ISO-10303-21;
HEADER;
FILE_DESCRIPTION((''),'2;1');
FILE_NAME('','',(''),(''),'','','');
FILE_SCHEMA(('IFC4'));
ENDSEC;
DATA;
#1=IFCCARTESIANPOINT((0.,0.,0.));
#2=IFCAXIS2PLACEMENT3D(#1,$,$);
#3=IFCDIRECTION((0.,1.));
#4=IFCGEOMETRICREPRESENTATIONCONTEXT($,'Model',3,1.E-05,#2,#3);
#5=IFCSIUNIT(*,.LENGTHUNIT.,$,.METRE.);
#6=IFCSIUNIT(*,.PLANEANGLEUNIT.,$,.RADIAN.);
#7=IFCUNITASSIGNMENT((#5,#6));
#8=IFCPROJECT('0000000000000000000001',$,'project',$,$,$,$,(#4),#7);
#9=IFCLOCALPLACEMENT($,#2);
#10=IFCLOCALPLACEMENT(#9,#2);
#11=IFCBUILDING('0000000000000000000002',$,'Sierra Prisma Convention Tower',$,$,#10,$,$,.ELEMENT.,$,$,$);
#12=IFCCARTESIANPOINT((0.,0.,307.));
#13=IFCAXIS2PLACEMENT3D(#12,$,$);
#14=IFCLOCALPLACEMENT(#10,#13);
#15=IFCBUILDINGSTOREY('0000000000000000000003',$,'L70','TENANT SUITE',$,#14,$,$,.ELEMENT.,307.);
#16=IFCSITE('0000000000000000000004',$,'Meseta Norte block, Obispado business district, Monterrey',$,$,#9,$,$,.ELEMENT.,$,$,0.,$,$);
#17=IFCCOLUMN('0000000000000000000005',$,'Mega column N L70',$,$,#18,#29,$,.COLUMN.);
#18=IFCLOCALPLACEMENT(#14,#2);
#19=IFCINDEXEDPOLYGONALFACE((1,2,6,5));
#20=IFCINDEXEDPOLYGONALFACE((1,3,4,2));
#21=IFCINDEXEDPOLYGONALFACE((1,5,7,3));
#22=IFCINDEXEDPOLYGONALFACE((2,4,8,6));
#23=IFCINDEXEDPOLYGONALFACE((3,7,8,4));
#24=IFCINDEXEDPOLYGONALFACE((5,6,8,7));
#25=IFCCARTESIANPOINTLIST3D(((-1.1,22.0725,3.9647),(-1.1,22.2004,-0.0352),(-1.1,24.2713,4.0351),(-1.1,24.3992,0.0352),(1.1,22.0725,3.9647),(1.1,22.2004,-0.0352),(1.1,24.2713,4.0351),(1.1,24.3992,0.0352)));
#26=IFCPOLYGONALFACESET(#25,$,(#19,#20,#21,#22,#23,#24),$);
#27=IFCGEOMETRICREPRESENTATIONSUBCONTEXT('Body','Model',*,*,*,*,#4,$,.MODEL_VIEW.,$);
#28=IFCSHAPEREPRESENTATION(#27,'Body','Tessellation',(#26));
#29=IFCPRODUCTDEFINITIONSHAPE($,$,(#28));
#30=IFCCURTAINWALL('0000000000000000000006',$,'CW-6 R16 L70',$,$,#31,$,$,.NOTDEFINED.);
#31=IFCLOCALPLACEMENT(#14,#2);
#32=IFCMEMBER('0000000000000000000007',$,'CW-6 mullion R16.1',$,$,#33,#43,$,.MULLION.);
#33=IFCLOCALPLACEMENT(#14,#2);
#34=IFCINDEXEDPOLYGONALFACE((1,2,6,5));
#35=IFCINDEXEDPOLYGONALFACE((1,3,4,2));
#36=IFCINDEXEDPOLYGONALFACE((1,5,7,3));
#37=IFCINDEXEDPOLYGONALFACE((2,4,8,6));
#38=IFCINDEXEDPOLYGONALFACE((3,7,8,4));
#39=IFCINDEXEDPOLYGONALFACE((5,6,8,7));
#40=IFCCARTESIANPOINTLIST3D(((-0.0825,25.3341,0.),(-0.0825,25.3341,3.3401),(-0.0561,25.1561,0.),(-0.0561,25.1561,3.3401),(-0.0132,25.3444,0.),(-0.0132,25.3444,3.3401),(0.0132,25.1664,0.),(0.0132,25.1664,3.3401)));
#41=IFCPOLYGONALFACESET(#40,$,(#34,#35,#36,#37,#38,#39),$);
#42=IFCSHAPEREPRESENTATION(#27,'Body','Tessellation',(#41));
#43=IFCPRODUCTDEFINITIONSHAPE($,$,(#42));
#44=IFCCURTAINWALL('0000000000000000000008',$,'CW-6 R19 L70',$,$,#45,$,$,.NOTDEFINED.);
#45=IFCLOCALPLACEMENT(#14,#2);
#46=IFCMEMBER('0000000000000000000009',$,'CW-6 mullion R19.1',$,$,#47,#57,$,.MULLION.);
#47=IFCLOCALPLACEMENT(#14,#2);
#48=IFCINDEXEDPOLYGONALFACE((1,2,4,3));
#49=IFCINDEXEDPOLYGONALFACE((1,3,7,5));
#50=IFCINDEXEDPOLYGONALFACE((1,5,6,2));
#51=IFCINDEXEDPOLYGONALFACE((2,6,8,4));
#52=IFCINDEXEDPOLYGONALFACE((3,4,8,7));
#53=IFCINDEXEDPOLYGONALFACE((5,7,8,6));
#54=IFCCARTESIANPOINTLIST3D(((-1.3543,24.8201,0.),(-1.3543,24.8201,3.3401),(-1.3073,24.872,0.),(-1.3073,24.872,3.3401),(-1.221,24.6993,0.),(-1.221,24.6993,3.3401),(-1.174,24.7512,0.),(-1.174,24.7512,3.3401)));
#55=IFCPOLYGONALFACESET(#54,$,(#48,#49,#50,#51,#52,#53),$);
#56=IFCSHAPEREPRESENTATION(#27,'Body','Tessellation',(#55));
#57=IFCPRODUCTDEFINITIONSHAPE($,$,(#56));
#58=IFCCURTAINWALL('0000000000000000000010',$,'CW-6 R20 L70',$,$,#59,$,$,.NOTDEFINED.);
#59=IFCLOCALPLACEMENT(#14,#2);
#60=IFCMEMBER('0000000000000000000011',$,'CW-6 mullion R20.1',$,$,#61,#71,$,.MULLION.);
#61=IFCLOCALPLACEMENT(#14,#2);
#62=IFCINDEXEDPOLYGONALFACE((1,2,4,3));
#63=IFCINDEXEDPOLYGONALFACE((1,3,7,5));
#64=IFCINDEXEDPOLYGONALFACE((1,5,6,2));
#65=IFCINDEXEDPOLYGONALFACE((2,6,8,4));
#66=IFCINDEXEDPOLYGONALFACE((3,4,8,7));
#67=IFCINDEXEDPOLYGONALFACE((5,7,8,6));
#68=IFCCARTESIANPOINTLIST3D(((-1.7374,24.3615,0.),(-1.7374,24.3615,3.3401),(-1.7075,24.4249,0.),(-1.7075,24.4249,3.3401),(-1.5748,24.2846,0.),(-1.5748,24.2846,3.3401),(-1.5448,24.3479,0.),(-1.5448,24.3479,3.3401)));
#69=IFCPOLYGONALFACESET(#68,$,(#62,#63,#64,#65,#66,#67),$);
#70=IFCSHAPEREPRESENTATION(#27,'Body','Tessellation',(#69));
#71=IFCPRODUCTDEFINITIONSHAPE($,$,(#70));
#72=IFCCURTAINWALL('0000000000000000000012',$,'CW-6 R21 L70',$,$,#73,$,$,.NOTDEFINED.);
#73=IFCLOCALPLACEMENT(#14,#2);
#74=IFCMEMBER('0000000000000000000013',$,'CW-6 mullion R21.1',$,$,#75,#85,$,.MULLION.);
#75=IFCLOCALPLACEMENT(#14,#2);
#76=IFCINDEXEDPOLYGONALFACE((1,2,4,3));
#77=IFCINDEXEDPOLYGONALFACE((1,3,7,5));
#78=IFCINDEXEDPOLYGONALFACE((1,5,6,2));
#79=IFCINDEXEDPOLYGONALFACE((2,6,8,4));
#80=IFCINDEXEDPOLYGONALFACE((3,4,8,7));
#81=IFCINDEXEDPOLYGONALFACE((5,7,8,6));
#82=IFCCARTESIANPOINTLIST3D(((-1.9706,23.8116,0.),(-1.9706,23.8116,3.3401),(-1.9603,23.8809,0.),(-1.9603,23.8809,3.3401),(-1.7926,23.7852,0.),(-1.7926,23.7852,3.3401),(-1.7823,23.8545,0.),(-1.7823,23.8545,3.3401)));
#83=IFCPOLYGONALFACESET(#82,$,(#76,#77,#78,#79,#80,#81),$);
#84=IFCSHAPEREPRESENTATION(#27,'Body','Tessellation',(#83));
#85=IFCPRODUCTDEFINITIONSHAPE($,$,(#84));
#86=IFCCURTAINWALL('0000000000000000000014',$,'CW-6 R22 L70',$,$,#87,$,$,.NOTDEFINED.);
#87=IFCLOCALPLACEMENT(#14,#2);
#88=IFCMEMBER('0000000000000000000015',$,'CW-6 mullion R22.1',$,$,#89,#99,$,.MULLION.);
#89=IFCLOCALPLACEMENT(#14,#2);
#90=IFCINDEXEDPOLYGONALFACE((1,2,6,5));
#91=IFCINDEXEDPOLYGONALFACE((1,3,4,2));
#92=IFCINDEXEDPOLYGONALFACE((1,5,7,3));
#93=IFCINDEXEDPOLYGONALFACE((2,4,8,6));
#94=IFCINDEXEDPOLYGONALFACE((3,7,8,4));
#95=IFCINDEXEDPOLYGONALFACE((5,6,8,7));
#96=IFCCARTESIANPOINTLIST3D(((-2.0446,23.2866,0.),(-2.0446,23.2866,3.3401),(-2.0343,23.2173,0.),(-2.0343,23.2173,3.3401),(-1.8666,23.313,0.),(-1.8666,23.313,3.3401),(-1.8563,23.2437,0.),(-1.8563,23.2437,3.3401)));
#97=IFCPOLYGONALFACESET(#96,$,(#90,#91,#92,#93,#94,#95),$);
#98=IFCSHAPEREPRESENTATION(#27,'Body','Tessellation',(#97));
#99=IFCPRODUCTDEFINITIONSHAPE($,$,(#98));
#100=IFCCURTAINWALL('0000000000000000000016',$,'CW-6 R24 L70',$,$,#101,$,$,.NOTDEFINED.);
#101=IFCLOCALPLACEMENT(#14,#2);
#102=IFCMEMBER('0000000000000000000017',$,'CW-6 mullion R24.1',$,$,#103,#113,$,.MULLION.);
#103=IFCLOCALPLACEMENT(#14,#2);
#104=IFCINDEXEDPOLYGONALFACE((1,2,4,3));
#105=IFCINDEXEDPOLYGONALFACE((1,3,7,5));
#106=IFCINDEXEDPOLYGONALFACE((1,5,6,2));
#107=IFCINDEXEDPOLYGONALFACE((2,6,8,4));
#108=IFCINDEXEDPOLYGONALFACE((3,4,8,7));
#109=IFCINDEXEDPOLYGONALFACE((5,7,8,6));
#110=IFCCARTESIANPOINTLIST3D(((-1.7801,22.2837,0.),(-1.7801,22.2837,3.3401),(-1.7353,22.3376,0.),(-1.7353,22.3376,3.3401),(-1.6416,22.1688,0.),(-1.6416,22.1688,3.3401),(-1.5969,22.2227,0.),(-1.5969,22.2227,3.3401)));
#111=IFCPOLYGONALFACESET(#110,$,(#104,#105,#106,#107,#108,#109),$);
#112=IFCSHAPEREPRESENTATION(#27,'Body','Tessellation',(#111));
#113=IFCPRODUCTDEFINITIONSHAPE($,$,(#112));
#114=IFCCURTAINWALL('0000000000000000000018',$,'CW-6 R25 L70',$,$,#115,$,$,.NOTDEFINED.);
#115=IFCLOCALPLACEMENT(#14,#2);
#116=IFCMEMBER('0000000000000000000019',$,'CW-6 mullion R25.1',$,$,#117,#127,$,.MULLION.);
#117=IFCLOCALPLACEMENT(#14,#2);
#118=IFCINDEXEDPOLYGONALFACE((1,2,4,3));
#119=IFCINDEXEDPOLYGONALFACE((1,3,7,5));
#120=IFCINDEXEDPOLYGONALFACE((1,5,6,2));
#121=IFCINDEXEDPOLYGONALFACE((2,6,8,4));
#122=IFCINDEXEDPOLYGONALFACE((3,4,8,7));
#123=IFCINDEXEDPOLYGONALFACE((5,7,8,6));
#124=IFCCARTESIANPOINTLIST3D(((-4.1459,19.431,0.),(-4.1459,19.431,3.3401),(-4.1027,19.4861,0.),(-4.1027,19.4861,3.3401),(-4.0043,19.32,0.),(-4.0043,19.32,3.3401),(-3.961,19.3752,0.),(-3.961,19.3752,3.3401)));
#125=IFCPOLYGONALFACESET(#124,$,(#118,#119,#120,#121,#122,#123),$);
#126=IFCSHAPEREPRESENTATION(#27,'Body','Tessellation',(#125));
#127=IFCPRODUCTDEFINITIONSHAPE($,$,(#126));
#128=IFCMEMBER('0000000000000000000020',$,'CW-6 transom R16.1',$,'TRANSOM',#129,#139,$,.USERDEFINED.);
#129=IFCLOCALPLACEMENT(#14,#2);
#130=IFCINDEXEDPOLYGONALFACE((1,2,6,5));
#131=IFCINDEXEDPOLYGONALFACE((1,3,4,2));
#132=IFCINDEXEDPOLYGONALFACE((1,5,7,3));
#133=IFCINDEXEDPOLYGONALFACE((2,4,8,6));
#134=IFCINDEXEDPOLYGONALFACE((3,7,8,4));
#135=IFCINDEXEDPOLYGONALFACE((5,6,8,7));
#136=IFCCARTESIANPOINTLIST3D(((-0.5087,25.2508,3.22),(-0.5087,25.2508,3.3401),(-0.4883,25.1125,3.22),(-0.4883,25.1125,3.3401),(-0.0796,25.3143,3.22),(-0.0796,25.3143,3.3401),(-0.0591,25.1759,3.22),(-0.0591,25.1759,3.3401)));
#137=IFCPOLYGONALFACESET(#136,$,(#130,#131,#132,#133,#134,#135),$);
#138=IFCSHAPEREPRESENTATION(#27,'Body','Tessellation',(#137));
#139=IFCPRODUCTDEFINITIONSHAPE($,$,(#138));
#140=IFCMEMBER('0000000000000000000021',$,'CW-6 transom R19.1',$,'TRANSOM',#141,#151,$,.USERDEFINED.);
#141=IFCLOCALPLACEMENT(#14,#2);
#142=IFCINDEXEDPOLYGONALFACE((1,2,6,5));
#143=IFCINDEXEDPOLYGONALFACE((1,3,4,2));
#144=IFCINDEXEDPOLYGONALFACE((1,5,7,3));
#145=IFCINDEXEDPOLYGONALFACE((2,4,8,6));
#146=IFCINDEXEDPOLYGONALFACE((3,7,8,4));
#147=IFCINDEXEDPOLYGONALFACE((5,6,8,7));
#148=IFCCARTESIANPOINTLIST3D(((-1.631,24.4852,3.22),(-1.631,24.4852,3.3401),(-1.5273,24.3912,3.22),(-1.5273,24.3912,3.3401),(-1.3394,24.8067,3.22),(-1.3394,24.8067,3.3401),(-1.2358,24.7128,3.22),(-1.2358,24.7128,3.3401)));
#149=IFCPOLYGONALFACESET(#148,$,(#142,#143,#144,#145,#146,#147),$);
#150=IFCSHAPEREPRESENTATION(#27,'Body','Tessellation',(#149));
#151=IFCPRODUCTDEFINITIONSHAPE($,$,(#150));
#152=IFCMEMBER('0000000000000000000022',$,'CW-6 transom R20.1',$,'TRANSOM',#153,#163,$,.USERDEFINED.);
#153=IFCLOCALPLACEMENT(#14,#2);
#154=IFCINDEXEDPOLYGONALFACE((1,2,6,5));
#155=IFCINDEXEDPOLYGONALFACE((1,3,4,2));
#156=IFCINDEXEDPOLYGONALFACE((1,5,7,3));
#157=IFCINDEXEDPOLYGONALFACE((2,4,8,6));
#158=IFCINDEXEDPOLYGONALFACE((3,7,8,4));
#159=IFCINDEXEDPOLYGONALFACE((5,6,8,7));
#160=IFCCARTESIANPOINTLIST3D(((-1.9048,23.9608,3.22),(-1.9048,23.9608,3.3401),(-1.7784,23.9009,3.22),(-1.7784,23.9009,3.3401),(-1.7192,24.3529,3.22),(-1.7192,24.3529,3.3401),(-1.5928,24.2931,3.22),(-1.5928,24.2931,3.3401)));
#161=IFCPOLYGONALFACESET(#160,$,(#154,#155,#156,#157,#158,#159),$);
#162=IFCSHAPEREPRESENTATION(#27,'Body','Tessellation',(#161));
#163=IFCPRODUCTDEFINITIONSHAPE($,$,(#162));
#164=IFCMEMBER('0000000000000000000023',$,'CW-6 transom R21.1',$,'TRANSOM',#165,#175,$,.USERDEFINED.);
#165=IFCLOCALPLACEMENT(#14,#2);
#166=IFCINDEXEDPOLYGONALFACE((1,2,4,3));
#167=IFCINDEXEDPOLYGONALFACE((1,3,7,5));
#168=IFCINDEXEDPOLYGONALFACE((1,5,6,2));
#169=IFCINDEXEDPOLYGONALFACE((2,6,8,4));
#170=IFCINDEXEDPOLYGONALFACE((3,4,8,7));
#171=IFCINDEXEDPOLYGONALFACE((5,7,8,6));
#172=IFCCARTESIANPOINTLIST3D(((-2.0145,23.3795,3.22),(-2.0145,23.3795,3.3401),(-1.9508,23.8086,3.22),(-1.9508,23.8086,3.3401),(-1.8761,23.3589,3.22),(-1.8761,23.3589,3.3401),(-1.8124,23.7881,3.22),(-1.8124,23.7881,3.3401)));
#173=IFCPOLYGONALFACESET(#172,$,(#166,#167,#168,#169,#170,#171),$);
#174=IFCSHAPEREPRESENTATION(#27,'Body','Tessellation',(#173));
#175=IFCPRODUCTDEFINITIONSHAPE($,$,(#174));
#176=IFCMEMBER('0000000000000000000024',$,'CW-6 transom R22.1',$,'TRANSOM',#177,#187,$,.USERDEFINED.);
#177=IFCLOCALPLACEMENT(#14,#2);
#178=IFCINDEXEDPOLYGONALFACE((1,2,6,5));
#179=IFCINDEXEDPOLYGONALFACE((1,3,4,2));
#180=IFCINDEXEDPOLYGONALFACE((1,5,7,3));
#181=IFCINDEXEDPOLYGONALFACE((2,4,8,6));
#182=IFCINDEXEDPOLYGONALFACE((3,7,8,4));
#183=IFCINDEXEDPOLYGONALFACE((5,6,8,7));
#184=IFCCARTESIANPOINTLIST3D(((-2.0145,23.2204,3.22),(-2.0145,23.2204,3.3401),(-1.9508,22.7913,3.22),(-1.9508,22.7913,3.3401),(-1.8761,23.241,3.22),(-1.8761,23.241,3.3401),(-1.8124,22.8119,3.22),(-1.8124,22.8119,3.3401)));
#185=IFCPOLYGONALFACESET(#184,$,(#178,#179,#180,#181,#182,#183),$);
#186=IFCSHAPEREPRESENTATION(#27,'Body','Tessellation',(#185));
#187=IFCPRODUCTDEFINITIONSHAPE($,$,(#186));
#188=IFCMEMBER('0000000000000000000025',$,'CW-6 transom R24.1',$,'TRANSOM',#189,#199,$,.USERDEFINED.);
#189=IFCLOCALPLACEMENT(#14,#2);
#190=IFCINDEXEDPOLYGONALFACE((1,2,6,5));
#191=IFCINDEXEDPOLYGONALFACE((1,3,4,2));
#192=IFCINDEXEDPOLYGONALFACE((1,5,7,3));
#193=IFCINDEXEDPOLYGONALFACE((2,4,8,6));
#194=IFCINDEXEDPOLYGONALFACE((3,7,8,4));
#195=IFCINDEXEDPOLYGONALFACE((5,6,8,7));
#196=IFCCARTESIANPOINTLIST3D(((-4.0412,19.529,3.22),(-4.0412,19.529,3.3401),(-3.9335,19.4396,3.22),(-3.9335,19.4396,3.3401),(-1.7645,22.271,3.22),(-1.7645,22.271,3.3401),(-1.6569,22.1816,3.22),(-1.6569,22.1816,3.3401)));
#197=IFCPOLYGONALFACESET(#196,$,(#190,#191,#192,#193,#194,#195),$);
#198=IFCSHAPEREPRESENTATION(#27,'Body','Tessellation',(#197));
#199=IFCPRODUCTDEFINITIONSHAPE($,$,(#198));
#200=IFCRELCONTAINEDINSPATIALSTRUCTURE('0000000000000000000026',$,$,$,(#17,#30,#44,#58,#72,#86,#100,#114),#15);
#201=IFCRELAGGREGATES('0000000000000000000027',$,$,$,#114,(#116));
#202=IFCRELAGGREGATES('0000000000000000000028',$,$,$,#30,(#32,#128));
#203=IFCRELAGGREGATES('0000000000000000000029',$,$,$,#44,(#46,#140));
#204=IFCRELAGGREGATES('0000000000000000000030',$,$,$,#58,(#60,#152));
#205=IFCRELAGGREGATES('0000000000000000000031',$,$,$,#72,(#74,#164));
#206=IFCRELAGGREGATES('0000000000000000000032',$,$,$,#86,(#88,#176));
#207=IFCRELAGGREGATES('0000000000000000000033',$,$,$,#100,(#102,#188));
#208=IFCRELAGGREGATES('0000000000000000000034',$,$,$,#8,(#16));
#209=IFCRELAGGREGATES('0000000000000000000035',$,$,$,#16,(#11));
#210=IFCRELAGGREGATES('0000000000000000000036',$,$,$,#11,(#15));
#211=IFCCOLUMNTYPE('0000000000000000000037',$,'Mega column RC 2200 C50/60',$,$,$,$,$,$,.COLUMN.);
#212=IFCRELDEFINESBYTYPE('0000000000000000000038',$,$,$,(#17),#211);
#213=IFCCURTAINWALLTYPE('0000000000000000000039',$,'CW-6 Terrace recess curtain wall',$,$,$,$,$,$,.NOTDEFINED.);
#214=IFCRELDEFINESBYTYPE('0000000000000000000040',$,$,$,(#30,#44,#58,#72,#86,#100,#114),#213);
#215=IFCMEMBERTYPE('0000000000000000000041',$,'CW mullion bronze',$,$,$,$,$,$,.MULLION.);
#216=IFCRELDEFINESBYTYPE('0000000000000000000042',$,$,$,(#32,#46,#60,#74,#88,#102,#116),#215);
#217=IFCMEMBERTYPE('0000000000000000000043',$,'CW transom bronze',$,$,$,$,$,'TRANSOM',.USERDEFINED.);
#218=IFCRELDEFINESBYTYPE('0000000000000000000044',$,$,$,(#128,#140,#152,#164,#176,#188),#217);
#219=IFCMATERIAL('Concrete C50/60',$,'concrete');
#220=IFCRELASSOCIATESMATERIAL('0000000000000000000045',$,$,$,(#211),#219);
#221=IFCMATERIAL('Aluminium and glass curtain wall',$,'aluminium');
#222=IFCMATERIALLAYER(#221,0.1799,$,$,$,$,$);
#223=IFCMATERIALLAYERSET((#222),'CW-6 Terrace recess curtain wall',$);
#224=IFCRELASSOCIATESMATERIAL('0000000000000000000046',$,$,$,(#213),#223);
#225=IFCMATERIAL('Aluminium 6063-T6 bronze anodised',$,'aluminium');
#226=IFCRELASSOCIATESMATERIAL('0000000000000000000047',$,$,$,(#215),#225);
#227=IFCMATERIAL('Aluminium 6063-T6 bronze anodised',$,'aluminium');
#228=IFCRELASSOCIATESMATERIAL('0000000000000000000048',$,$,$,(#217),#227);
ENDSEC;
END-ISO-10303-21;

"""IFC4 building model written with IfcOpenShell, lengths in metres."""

from ifc_helpers import new_model, si_unit, direction, frame, origin, origin_2d, place, context, subcontext, project, spatial, rectangle, extrude, material, layer, layer_set, material_profile, profile_set, type_object, element, aggregate, save


model = new_model("IFC4")

# Units and contexts
model_context = context("Model", 3, precision=1e-05, world=origin(), true_north=direction((0.0, 1.0)))
body_context = subcontext(model_context, "Body", "Model", "MODEL_VIEW")
ifc_project = project(units=[si_unit("LENGTHUNIT", "METRE"), si_unit("PLANEANGLEUNIT", "RADIAN")], contexts=[model_context])

# Site, building, storey
site_placement = place(None, origin())
site = spatial("IfcSite", under=ifc_project, at=site_placement, Name="Meseta Norte block, Obispado business district, Monterrey", CompositionType="ELEMENT", RefElevation=0.0)
building_placement = place(site_placement, origin())
building = spatial("IfcBuilding", under=site, at=building_placement, Name="Sierra Prisma Convention Tower", CompositionType="ELEMENT")
storey_placement = place(building_placement, frame((0.0, 0.0, 307.0)))
storey = spatial("IfcBuildingStorey", under=building, at=storey_placement, Name="L70", Description="TENANT SUITE", CompositionType="ELEMENT", Elevation=307.0)

# Column
ifc_material_1 = material(Name="Concrete C50/60", Category="concrete")
ifc_material_profile_1 = material_profile(ifc_material_1, rectangle(XDim=2.2, YDim=2.2, at=origin_2d()), Name="Mega column RC 2200 C50/60")
ifc_profile_set_1 = profile_set([ifc_material_profile_1], Name="Concrete C50/60")
column_type = type_object("IfcColumnType", Name="Mega column RC 2200 C50/60", PredefinedType="COLUMN", material=ifc_profile_set_1)
column_placement = place(storey_placement, frame((0.0, 23.2998, 0.0), z_axis=(0.0, -0.031966, 0.999489), x_axis=(1.0, 0.0, 0.0)))
element("IfcColumn", 1, at=column_placement, inside=storey, type_object=column_type, Name="Mega column N L70", PredefinedType="COLUMN", context=body_context, shape_type="SweptSolid", body=[
    extrude(rectangle(XDim=2.2, YDim=2.2, at=origin_2d()), origin(), (0.0, 0.0, 1.0), 4.002),
])

# Curtain walls, members
ifc_material_2 = material(Name="Aluminium and glass curtain wall", Category="aluminium")
ifc_layer_1 = layer(ifc_material_2, 0.1799)
ifc_layer_set_1 = layer_set([ifc_layer_1], Name="CW-6 Terrace recess curtain wall")
curtain_wall_type = type_object("IfcCurtainWallType", Name="CW-6 Terrace recess curtain wall", PredefinedType="NOTDEFINED", material=ifc_layer_set_1)
curtain_wall_1_placement = place(storey_placement, origin())
curtain_wall_1 = element("IfcCurtainWall", 2, at=curtain_wall_1_placement, inside=storey, type_object=curtain_wall_type, Name="CW-6 R16 L70", PredefinedType="NOTDEFINED")
ifc_material_3 = material(Name="Aluminium 6063-T6 bronze anodised", Category="aluminium")
ifc_material_profile_2 = material_profile(ifc_material_3, rectangle(XDim=0.1799, YDim=0.0701, at=origin_2d()), Name="ALU MULLION 70x180")
ifc_profile_set_2 = profile_set([ifc_material_profile_2], Name="Aluminium 6063-T6 bronze anodised")
member_type_1 = type_object("IfcMemberType", Name="CW mullion bronze", PredefinedType="MULLION", material=ifc_profile_set_2)
member_1_placement = place(storey_placement, frame((-0.0347, 25.2502, 0.0), z_axis=(0.0, 0.0, 1.0), x_axis=(0.14673, -0.989177, 0.0)))
member_1 = element("IfcMember", 3, at=member_1_placement, type_object=member_type_1, Name="CW-6 mullion R16.1", PredefinedType="MULLION", context=body_context, shape_type="SweptSolid", body=[
    extrude(rectangle(XDim=0.1799, YDim=0.0701, at=origin_2d()), origin(), (0.0, 0.0, 1.0), 3.3401),
])
curtain_wall_2_placement = place(storey_placement, origin())
curtain_wall_2 = element("IfcCurtainWall", 4, at=curtain_wall_2_placement, inside=storey, type_object=curtain_wall_type, Name="CW-6 R19 L70", PredefinedType="NOTDEFINED")
member_2_placement = place(storey_placement, frame((-1.2642, 24.7856, 0.0), z_axis=(0.0, 0.0, 1.0), x_axis=(0.740951, -0.671559, 0.0)))
member_2 = element("IfcMember", 5, at=member_2_placement, type_object=member_type_1, Name="CW-6 mullion R19.1", PredefinedType="MULLION", context=body_context, shape_type="SweptSolid", body=[
    extrude(rectangle(XDim=0.1799, YDim=0.0701, at=origin_2d()), origin(), (0.0, 0.0, 1.0), 3.3401),
])
curtain_wall_3_placement = place(storey_placement, origin())
curtain_wall_3 = element("IfcCurtainWall", 6, at=curtain_wall_3_placement, inside=storey, type_object=curtain_wall_type, Name="CW-6 R20 L70", PredefinedType="NOTDEFINED")
member_3_placement = place(storey_placement, frame((-1.6411, 24.3547, 0.0), z_axis=(0.0, 0.0, 1.0), x_axis=(0.903989, -0.427555, 0.0)))
member_3 = element("IfcMember", 7, at=member_3_placement, type_object=member_type_1, Name="CW-6 mullion R20.1", PredefinedType="MULLION", context=body_context, shape_type="SweptSolid", body=[
    extrude(rectangle(XDim=0.1799, YDim=0.0701, at=origin_2d()), origin(), (0.0, 0.0, 1.0), 3.3401),
])
curtain_wall_4_placement = place(storey_placement, origin())
curtain_wall_4 = element("IfcCurtainWall", 8, at=curtain_wall_4_placement, inside=storey, type_object=curtain_wall_type, Name="CW-6 R21 L70", PredefinedType="NOTDEFINED")
member_4_placement = place(storey_placement, frame((-1.8765, 23.833, 0.0), z_axis=(0.0, 0.0, 1.0), x_axis=(0.989177, -0.14673, 0.0)))
member_4 = element("IfcMember", 9, at=member_4_placement, type_object=member_type_1, Name="CW-6 mullion R21.1", PredefinedType="MULLION", context=body_context, shape_type="SweptSolid", body=[
    extrude(rectangle(XDim=0.1799, YDim=0.0701, at=origin_2d()), origin(), (0.0, 0.0, 1.0), 3.3401),
])
curtain_wall_5_placement = place(storey_placement, origin())
curtain_wall_5 = element("IfcCurtainWall", 10, at=curtain_wall_5_placement, inside=storey, type_object=curtain_wall_type, Name="CW-6 R22 L70", PredefinedType="NOTDEFINED")
member_5_placement = place(storey_placement, frame((-1.9504, 23.2651, 0.0), z_axis=(0.0, 0.0, 1.0), x_axis=(0.989177, 0.14673, 0.0)))
member_5 = element("IfcMember", 11, at=member_5_placement, type_object=member_type_1, Name="CW-6 mullion R22.1", PredefinedType="MULLION", context=body_context, shape_type="SweptSolid", body=[
    extrude(rectangle(XDim=0.1799, YDim=0.0701, at=origin_2d()), origin(), (0.0, 0.0, 1.0), 3.3401),
])
curtain_wall_6_placement = place(storey_placement, origin())
curtain_wall_6 = element("IfcCurtainWall", 12, at=curtain_wall_6_placement, inside=storey, type_object=curtain_wall_type, Name="CW-6 R24 L70", PredefinedType="NOTDEFINED")
member_6_placement = place(storey_placement, frame((-1.6885, 22.2532, 0.0), z_axis=(0.0, 0.0, 1.0), x_axis=(0.769386, -0.638784, 0.0)))
member_6 = element("IfcMember", 13, at=member_6_placement, type_object=member_type_1, Name="CW-6 mullion R24.1", PredefinedType="MULLION", context=body_context, shape_type="SweptSolid", body=[
    extrude(rectangle(XDim=0.1799, YDim=0.0701, at=origin_2d()), origin(), (0.0, 0.0, 1.0), 3.3401),
])
curtain_wall_7_placement = place(storey_placement, origin())
curtain_wall_7 = element("IfcCurtainWall", 14, at=curtain_wall_7_placement, inside=storey, type_object=curtain_wall_type, Name="CW-6 R25 L70", PredefinedType="NOTDEFINED")
member_7_placement = place(storey_placement, frame((-4.0535, 19.4031, 0.0), z_axis=(0.0, 0.0, 1.0), x_axis=(0.787087, -0.616842, 0.0)))
member_7 = element("IfcMember", 15, at=member_7_placement, type_object=member_type_1, Name="CW-6 mullion R25.1", PredefinedType="MULLION", context=body_context, shape_type="SweptSolid", body=[
    extrude(rectangle(XDim=0.1799, YDim=0.0701, at=origin_2d()), origin(), (0.0, 0.0, 1.0), 3.3401),
])
aggregate(curtain_wall_7, [member_7])

# Members
ifc_material_4 = material(Name="Aluminium 6063-T6 bronze anodised", Category="aluminium")
ifc_material_profile_3 = material_profile(ifc_material_4, rectangle(XDim=0.1399, YDim=0.1201, at=origin_2d()), Name="ALU TRANSOM 120x140")
ifc_profile_set_3 = profile_set([ifc_material_profile_3], Name="Aluminium 6063-T6 bronze anodised")
member_type_2 = type_object("IfcMemberType", Name="CW transom bronze", ElementType="TRANSOM", PredefinedType="USERDEFINED", material=ifc_profile_set_3)
member_8_placement = place(storey_placement, frame((-0.0693, 25.2451, 3.28), z_axis=(-0.98924, -0.146304, 0.0), x_axis=(0.146304, -0.98924, 0.0)))
member_8 = element("IfcMember", 16, at=member_8_placement, type_object=member_type_2, Name="CW-6 transom R16.1", ObjectType="TRANSOM", PredefinedType="USERDEFINED", context=body_context, shape_type="SweptSolid", body=[
    extrude(rectangle(XDim=0.1399, YDim=0.1201, at=origin_2d()), origin(), (0.0, 0.0, 1.0), 0.4338),
])
member_9_placement = place(storey_placement, frame((-1.2876, 24.7598, 3.28), z_axis=(-0.671664, -0.740856, 0.0), x_axis=(0.740856, -0.671664, 0.0)))
member_9 = element("IfcMember", 17, at=member_9_placement, type_object=member_type_2, Name="CW-6 transom R19.1", ObjectType="TRANSOM", PredefinedType="USERDEFINED", context=body_context, shape_type="SweptSolid", body=[
    extrude(rectangle(XDim=0.1399, YDim=0.1201, at=origin_2d()), origin(), (0.0, 0.0, 1.0), 0.4341),
])
member_10_placement = place(storey_placement, frame((-1.656, 24.323, 3.28), z_axis=(-0.427748, -0.903898, 0.0), x_axis=(0.903898, -0.427748, 0.0)))
member_10 = element("IfcMember", 18, at=member_10_placement, type_object=member_type_2, Name="CW-6 transom R20.1", ObjectType="TRANSOM", PredefinedType="USERDEFINED", context=body_context, shape_type="SweptSolid", body=[
    extrude(rectangle(XDim=0.1399, YDim=0.1201, at=origin_2d()), origin(), (0.0, 0.0, 1.0), 0.4338),
])
member_11_placement = place(storey_placement, frame((-1.8816, 23.7983, 3.28), z_axis=(-0.146855, -0.989158, 0.0), x_axis=(0.989158, -0.146855, 0.0)))
member_11 = element("IfcMember", 19, at=member_11_placement, type_object=member_type_2, Name="CW-6 transom R21.1", ObjectType="TRANSOM", PredefinedType="USERDEFINED", context=body_context, shape_type="SweptSolid", body=[
    extrude(rectangle(XDim=0.1399, YDim=0.1201, at=origin_2d()), origin(), (0.0, 0.0, 1.0), 0.4338),
])
member_12_placement = place(storey_placement, frame((-1.9453, 23.2307, 3.28), z_axis=(0.146855, -0.989158, 0.0), x_axis=(0.989158, 0.146855, 0.0)))
member_12 = element("IfcMember", 20, at=member_12_placement, type_object=member_type_2, Name="CW-6 transom R22.1", ObjectType="TRANSOM", PredefinedType="USERDEFINED", context=body_context, shape_type="SweptSolid", body=[
    extrude(rectangle(XDim=0.1399, YDim=0.1201, at=origin_2d()), origin(), (0.0, 0.0, 1.0), 0.4338),
])
member_13_placement = place(storey_placement, frame((-1.7107, 22.2263, 3.28), z_axis=(-0.638802, -0.769371, 0.0), x_axis=(0.769371, -0.638802, 0.0)))
member_13 = element("IfcMember", 21, at=member_13_placement, type_object=member_type_2, Name="CW-6 transom R24.1", ObjectType="TRANSOM", PredefinedType="USERDEFINED", context=body_context, shape_type="SweptSolid", body=[
    extrude(rectangle(XDim=0.1399, YDim=0.1201, at=origin_2d()), origin(), (0.0, 0.0, 1.0), 3.564),
])

aggregate(curtain_wall_1, [member_1, member_8])
aggregate(curtain_wall_2, [member_2, member_9])
aggregate(curtain_wall_3, [member_3, member_10])
aggregate(curtain_wall_4, [member_4, member_11])
aggregate(curtain_wall_5, [member_5, member_12])
aggregate(curtain_wall_6, [member_6, member_13])

save(model, "model.ifc")
